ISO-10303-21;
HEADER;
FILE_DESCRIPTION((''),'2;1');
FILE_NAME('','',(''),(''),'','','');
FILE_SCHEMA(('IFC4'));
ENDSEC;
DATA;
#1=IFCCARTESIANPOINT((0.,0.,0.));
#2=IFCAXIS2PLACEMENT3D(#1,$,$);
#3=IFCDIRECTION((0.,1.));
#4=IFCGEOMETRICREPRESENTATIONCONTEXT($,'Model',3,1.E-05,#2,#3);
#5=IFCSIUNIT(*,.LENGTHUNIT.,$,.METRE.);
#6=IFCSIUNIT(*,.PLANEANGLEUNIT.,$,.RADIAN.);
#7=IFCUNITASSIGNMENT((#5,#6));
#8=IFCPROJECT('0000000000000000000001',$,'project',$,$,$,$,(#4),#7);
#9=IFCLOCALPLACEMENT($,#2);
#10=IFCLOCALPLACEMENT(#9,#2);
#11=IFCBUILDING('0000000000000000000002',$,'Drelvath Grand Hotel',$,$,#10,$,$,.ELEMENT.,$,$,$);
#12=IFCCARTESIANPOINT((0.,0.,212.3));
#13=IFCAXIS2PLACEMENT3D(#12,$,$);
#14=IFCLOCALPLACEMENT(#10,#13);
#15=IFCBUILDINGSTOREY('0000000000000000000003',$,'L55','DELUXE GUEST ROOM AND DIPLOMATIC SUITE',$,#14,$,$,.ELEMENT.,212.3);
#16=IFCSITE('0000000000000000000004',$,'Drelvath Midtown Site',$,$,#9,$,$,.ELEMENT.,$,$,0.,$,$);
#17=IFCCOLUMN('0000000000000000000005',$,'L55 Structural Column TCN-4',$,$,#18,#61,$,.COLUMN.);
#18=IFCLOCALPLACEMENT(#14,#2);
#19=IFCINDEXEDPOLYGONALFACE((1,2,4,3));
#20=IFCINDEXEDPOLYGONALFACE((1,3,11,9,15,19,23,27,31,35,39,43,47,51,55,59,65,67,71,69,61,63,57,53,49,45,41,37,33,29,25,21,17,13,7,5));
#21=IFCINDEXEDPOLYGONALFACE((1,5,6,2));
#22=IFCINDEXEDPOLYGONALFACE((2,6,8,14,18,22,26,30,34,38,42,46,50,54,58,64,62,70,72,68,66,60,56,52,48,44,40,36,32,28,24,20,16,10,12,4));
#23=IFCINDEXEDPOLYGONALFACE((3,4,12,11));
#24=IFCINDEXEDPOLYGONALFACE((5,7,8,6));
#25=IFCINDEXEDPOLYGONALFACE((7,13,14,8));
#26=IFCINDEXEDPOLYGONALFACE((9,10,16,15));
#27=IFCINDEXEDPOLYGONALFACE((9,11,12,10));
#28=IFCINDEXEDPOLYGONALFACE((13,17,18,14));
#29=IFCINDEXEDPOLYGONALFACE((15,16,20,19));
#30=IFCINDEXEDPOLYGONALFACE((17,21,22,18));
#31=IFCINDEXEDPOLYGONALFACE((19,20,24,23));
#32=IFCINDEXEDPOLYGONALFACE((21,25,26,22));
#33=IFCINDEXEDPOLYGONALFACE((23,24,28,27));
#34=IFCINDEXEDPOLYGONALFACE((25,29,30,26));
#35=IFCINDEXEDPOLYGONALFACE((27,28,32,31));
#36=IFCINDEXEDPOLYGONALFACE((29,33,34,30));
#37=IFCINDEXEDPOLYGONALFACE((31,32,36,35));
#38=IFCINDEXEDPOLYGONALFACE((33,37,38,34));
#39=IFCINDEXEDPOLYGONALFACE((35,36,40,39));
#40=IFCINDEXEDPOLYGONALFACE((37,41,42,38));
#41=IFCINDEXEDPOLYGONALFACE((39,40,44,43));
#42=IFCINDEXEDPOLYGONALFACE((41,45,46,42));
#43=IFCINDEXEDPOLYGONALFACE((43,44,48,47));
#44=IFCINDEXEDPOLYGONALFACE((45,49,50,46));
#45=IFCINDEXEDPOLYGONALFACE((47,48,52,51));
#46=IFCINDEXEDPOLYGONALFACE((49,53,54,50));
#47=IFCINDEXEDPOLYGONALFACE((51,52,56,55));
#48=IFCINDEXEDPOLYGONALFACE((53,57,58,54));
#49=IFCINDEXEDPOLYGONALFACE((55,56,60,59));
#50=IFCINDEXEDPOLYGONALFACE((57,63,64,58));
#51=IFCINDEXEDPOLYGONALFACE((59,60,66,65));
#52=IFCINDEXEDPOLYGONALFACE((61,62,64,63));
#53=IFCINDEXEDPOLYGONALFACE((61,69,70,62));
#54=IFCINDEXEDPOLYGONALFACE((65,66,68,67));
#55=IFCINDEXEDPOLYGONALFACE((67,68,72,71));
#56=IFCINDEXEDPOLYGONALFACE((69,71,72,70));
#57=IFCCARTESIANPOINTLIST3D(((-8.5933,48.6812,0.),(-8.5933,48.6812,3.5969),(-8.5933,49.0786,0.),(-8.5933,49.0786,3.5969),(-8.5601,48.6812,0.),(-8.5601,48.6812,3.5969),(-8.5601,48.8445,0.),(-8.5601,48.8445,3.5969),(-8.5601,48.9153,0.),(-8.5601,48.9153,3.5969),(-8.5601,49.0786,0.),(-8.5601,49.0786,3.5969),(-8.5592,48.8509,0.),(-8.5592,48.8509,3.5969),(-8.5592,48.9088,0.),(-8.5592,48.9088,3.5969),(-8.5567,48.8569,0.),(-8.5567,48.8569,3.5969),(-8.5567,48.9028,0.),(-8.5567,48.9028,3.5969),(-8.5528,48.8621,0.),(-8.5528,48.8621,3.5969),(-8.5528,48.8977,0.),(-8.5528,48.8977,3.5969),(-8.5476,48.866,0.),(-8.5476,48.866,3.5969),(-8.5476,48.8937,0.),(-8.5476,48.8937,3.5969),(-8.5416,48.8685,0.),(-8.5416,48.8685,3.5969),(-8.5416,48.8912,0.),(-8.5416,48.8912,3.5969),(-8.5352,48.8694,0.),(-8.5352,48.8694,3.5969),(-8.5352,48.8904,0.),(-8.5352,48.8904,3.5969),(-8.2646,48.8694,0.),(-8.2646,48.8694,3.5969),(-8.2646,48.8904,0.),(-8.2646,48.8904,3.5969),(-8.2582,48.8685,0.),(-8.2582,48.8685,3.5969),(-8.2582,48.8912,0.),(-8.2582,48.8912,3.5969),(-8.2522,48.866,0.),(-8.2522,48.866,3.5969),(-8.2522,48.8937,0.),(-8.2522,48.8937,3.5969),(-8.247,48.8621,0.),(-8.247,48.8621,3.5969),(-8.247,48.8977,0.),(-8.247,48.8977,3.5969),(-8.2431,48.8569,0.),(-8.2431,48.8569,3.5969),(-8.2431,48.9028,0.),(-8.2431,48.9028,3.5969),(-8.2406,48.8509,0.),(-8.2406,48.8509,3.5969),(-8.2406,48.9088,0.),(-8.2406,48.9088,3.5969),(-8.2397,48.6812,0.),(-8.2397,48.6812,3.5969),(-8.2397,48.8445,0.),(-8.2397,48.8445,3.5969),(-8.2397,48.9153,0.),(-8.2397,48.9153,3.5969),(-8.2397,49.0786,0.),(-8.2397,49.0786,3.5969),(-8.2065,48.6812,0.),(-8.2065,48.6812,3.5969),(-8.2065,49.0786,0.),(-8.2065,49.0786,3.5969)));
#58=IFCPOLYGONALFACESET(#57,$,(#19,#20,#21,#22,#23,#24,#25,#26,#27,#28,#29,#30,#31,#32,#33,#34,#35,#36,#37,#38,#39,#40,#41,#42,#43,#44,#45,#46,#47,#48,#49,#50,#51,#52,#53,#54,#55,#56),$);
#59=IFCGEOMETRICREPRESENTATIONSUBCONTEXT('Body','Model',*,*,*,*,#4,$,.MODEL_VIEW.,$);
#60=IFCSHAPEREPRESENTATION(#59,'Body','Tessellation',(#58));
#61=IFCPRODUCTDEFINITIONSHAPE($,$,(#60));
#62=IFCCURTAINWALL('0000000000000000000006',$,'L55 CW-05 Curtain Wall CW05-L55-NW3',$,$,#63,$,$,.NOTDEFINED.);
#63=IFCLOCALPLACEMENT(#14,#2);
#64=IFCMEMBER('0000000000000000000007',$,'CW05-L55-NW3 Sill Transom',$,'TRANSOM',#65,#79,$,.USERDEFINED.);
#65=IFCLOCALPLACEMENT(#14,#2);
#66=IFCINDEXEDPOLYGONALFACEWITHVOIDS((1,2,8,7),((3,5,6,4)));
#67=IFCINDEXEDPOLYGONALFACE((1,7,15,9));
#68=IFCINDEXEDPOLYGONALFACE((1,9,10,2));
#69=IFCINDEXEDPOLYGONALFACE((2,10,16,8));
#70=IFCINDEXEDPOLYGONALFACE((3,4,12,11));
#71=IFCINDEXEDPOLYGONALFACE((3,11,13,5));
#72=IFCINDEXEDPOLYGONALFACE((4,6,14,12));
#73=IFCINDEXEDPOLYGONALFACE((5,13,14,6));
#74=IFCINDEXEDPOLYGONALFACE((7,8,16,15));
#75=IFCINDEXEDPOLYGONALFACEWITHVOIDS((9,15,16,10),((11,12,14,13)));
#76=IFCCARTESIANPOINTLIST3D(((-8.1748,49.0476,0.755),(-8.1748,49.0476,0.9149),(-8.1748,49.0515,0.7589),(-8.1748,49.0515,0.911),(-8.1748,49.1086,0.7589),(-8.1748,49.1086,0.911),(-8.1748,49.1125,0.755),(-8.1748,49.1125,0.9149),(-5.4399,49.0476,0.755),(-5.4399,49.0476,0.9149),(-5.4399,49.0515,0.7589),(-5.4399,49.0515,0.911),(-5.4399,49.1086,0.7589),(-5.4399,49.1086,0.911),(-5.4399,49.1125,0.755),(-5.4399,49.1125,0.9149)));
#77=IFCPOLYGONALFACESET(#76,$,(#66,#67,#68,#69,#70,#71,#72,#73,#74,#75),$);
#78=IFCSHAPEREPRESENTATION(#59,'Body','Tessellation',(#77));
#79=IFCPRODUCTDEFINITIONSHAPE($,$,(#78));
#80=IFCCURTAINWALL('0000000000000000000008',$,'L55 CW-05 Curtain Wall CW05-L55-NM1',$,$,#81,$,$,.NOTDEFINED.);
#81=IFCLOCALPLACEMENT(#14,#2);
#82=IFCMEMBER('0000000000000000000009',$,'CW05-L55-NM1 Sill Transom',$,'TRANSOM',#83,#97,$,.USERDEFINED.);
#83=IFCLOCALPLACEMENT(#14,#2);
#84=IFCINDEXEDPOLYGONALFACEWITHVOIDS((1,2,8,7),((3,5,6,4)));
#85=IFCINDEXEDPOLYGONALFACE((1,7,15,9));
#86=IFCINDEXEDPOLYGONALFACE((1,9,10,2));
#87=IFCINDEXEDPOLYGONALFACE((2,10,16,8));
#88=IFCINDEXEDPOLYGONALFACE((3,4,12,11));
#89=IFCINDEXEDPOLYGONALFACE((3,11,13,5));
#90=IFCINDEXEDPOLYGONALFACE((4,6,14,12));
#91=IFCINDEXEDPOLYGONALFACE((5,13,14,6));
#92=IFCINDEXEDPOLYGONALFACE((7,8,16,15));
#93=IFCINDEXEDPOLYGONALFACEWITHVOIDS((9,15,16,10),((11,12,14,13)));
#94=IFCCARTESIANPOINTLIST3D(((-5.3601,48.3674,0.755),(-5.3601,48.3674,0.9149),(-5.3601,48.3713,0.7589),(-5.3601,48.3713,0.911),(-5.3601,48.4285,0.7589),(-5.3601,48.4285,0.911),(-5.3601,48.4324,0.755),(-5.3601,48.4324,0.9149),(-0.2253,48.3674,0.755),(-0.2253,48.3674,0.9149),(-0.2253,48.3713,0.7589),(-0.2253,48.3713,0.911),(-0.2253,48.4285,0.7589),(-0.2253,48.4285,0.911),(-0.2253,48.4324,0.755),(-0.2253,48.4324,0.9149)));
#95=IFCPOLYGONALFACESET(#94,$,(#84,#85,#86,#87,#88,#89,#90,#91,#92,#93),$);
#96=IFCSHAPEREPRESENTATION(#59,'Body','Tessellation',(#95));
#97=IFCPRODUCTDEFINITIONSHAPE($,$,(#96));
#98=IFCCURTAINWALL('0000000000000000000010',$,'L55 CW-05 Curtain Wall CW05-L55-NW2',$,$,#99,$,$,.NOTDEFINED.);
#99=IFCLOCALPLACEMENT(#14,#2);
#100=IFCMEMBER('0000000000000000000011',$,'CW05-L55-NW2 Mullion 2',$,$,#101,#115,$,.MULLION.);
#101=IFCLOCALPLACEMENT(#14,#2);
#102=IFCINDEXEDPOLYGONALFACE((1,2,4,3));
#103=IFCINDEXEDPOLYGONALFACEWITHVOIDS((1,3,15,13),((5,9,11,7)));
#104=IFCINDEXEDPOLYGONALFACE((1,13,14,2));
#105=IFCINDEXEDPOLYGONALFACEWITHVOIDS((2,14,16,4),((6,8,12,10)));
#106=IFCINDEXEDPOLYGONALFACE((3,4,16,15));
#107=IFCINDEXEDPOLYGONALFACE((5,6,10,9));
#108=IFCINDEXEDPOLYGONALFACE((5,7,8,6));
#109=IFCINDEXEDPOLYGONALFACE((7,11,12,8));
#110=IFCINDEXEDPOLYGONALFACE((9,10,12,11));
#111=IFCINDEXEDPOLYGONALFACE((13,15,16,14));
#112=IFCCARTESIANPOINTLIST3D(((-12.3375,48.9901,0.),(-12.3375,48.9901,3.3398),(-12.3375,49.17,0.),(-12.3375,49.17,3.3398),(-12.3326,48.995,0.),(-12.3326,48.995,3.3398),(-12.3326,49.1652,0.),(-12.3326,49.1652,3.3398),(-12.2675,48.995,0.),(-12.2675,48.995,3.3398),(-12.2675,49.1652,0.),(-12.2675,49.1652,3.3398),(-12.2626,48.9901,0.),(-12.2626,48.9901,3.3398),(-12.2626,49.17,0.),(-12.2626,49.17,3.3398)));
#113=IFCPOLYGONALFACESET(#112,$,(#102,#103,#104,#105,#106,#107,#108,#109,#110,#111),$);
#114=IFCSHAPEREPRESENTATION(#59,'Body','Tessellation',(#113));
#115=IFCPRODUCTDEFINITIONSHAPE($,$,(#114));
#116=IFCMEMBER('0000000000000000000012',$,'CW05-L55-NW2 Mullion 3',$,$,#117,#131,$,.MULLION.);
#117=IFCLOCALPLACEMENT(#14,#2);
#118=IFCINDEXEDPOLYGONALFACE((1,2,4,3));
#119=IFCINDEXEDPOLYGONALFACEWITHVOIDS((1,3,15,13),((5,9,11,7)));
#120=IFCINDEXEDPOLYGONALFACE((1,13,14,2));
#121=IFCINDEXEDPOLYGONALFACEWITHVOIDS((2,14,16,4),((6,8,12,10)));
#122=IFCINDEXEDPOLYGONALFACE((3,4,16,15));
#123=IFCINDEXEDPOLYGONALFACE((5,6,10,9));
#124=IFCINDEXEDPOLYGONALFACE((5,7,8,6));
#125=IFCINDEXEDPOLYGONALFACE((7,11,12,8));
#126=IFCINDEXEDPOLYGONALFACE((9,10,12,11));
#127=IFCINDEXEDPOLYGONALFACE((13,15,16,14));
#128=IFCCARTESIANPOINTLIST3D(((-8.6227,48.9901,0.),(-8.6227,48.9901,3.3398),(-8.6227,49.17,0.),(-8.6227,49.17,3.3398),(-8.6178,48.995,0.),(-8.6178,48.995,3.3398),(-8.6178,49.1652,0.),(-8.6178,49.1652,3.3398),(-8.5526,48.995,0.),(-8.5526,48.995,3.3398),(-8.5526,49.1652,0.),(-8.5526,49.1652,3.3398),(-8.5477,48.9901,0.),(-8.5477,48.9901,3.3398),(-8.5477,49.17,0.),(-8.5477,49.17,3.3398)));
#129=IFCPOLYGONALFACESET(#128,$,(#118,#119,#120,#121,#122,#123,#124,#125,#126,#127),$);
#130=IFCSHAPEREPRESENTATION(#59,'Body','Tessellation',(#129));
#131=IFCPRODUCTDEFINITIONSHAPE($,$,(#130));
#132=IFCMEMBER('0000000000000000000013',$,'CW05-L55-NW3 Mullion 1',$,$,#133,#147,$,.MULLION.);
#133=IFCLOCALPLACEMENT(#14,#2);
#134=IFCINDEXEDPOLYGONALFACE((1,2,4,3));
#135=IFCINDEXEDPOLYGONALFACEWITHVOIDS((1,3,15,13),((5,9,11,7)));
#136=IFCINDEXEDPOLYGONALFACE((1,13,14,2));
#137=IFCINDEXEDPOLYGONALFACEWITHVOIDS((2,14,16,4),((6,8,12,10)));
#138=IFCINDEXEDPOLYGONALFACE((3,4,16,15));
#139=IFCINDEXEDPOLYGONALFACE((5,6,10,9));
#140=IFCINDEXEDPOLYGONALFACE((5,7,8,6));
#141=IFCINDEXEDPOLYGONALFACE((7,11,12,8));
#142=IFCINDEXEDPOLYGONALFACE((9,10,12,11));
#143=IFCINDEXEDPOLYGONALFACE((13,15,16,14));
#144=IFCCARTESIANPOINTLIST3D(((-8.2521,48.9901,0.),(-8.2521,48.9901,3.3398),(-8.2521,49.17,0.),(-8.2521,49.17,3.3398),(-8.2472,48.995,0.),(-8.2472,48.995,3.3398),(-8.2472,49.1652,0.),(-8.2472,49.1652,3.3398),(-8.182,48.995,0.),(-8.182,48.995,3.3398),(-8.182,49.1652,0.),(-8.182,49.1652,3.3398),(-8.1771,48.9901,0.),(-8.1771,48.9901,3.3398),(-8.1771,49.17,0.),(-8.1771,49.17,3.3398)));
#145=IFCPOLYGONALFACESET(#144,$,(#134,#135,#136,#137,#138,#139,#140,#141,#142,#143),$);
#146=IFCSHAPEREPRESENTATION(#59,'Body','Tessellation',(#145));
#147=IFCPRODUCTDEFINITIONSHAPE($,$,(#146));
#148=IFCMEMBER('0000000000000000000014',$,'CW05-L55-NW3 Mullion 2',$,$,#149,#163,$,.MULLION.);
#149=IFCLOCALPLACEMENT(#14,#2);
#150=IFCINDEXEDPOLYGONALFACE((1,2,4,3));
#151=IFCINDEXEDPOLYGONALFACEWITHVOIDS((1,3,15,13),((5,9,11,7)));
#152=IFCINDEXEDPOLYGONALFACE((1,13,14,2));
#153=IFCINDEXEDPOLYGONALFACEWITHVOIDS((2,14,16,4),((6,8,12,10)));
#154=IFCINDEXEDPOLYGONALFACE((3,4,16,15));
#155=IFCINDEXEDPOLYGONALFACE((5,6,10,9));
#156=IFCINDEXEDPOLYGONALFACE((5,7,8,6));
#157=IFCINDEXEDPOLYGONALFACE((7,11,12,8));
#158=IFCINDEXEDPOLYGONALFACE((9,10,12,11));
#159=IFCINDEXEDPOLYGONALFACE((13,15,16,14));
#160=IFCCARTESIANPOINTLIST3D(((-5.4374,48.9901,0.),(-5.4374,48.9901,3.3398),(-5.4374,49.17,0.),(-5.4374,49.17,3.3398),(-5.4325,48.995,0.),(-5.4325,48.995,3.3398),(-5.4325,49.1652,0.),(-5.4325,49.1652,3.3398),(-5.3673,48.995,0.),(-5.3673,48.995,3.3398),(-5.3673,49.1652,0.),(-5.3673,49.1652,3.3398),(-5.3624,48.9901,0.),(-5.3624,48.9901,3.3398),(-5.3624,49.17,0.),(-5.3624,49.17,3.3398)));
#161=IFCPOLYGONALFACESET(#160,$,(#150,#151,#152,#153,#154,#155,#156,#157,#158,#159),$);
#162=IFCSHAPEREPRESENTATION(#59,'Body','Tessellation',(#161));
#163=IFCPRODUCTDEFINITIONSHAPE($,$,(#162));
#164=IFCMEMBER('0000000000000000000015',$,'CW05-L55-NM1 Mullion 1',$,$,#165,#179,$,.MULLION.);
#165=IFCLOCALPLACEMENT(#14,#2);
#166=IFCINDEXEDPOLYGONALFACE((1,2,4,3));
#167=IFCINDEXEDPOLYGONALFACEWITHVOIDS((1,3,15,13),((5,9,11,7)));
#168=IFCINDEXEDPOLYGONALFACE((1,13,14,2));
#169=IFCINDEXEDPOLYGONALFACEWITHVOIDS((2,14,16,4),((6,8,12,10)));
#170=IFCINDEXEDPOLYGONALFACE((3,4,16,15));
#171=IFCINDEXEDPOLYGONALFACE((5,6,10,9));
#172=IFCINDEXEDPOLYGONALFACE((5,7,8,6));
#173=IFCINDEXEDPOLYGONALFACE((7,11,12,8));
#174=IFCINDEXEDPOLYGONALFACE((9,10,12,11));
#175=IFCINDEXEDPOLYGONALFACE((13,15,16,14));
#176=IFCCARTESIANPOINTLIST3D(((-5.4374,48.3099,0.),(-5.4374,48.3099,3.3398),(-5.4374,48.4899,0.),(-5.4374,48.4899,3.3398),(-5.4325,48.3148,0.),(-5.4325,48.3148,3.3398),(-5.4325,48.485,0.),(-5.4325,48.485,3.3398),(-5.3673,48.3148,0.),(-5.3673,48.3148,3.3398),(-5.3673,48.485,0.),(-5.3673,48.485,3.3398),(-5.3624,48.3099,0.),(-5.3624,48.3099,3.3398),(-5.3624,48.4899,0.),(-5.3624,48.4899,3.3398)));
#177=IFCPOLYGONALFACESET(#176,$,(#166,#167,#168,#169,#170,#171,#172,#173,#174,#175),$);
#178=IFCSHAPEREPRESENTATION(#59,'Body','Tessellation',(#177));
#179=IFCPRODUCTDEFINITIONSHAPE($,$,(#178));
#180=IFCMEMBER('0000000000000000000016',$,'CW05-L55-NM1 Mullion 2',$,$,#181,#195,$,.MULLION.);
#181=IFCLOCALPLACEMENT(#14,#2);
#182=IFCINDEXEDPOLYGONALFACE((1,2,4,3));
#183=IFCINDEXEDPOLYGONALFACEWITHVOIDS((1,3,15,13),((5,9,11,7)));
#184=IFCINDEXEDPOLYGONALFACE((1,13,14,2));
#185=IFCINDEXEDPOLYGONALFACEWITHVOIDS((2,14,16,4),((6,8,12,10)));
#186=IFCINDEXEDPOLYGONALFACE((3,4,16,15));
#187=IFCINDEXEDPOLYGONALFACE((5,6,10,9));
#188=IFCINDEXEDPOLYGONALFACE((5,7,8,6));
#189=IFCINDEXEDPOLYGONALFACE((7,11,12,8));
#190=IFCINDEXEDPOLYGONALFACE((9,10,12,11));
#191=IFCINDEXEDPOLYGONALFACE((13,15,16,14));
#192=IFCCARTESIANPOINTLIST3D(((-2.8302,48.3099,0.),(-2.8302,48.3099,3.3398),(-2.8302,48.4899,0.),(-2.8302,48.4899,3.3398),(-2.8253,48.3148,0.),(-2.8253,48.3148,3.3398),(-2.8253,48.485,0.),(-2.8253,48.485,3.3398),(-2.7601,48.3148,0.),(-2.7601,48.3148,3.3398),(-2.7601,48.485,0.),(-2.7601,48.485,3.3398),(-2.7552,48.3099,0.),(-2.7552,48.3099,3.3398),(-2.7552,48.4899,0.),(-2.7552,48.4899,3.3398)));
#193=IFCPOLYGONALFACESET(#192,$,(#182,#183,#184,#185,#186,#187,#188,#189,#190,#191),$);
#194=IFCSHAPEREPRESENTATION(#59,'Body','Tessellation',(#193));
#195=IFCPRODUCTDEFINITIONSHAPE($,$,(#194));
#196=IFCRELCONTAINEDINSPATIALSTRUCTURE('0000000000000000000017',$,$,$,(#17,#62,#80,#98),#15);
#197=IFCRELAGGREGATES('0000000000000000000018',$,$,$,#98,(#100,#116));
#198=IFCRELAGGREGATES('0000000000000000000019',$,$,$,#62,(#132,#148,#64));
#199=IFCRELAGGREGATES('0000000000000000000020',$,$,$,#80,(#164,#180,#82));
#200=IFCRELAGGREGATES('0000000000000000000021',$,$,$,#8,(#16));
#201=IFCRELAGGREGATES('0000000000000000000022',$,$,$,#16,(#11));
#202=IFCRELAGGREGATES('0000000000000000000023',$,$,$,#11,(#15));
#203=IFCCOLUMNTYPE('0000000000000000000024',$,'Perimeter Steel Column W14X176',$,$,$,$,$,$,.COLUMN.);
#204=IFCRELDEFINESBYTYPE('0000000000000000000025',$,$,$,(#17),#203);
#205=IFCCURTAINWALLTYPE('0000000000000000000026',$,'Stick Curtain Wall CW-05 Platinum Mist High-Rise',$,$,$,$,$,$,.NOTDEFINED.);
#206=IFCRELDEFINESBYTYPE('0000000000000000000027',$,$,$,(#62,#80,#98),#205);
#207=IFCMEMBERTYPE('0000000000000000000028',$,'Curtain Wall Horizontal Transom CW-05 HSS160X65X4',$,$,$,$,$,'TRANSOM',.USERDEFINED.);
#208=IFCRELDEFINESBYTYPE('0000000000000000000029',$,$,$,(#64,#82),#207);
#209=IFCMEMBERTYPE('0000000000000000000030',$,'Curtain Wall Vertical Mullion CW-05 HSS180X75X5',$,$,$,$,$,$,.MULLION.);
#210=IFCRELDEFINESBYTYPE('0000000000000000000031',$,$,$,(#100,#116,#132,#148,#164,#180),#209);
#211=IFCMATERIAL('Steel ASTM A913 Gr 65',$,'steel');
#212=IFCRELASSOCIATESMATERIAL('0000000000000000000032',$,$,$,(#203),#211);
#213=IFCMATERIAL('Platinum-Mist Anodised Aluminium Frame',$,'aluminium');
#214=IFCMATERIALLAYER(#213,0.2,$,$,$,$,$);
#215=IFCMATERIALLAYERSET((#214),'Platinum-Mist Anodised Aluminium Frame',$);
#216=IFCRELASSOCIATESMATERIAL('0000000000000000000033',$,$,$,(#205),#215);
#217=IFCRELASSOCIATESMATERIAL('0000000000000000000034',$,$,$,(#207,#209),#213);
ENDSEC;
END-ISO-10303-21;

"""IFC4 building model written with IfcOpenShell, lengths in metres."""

from ifc_helpers import new_model, si_unit, direction, frame, origin, origin_2d, place, context, subcontext, project, spatial, hollow_rectangle, i_section, extrude, material, layer, layer_set, material_profile, profile_set, type_object, element, aggregate, save


model = new_model("IFC4")

# Units and contexts
model_context = context("Model", 3, precision=1e-05, world=origin(), true_north=direction((0.0, 1.0)))
body_context = subcontext(model_context, "Body", "Model", "MODEL_VIEW")
ifc_project = project(units=[si_unit("LENGTHUNIT", "METRE"), si_unit("PLANEANGLEUNIT", "RADIAN")], contexts=[model_context])

# Site, building, storey
site_placement = place(None, origin())
site = spatial("IfcSite", under=ifc_project, at=site_placement, Name="Drelvath Midtown Site", CompositionType="ELEMENT", RefElevation=0.0)
building_placement = place(site_placement, origin())
building = spatial("IfcBuilding", under=site, at=building_placement, Name="Drelvath Grand Hotel", CompositionType="ELEMENT")
storey_placement = place(building_placement, frame((0.0, 0.0, 212.3)))
storey = spatial("IfcBuildingStorey", under=building, at=storey_placement, Name="L55", Description="DELUXE GUEST ROOM AND DIPLOMATIC SUITE", CompositionType="ELEMENT", Elevation=212.3)

# Column
ifc_material_1 = material(Name="Steel ASTM A913 Gr 65", Category="steel")
ifc_material_profile_1 = material_profile(ifc_material_1, i_section(OverallWidth=0.3975, OverallDepth=0.3867, WebThickness=0.021, FlangeThickness=0.0332, FilletRadius=0.0249, at=origin_2d()), Name="W14X176")
ifc_profile_set_1 = profile_set([ifc_material_profile_1], Name="Steel ASTM A913 Gr 65")
column_type = type_object("IfcColumnType", Name="Perimeter Steel Column W14X176", PredefinedType="COLUMN", material=ifc_profile_set_1)
column_placement = place(storey_placement, frame((-8.3999, 48.8799, 0.0), z_axis=(0.0, 0.0, 1.0), x_axis=(0.0, 1.0, 0.0)))
element("IfcColumn", 1, at=column_placement, inside=storey, type_object=column_type, Name="L55 Structural Column TCN-4", PredefinedType="COLUMN", context=body_context, shape_type="SweptSolid", body=[
    extrude(i_section(OverallWidth=0.3975, OverallDepth=0.3867, WebThickness=0.021, FlangeThickness=0.0332, FilletRadius=0.0249, at=origin_2d()), origin(), (0.0, 0.0, 1.0), 3.5969),
])

# Curtain walls, members
ifc_material_2 = material(Name="Platinum-Mist Anodised Aluminium Frame", Category="aluminium")
ifc_layer_1 = layer(ifc_material_2, 0.2)
ifc_layer_set_1 = layer_set([ifc_layer_1], Name="Platinum-Mist Anodised Aluminium Frame")
curtain_wall_type = type_object("IfcCurtainWallType", Name="Stick Curtain Wall CW-05 Platinum Mist High-Rise", PredefinedType="NOTDEFINED", material=ifc_layer_set_1)
curtain_wall_1_placement = place(storey_placement, origin())
curtain_wall_1 = element("IfcCurtainWall", 2, at=curtain_wall_1_placement, inside=storey, type_object=curtain_wall_type, Name="L55 CW-05 Curtain Wall CW05-L55-NW3", PredefinedType="NOTDEFINED")
ifc_material_profile_2 = material_profile(ifc_material_2, hollow_rectangle(XDim=0.0649, YDim=0.1599, WallThickness=0.0039, at=origin_2d()), Name="HSS160X65X4")
ifc_profile_set_2 = profile_set([ifc_material_profile_2], Name="Platinum-Mist Anodised Aluminium Frame")
member_type_1 = type_object("IfcMemberType", Name="Curtain Wall Horizontal Transom CW-05 HSS160X65X4", ElementType="TRANSOM", PredefinedType="USERDEFINED", material=ifc_profile_set_2)
member_1_placement = place(storey_placement, frame((-8.1748, 49.0801, 0.835), z_axis=(1.0, 0.0, 0.0), x_axis=(0.0, 1.0, 0.0)))
member_1 = element("IfcMember", 3, at=member_1_placement, type_object=member_type_1, Name="CW05-L55-NW3 Sill Transom", ObjectType="TRANSOM", PredefinedType="USERDEFINED", context=body_context, shape_type="SweptSolid", body=[
    extrude(hollow_rectangle(XDim=0.0649, YDim=0.1599, WallThickness=0.0039, at=origin_2d()), origin(), (0.0, 0.0, 1.0), 2.7349),
])
curtain_wall_2_placement = place(storey_placement, origin())
curtain_wall_2 = element("IfcCurtainWall", 4, at=curtain_wall_2_placement, inside=storey, type_object=curtain_wall_type, Name="L55 CW-05 Curtain Wall CW05-L55-NM1", PredefinedType="NOTDEFINED")
member_2_placement = place(storey_placement, frame((-5.3601, 48.3999, 0.835), z_axis=(1.0, 0.0, 0.0), x_axis=(0.0, 1.0, 0.0)))
member_2 = element("IfcMember", 5, at=member_2_placement, type_object=member_type_1, Name="CW05-L55-NM1 Sill Transom", ObjectType="TRANSOM", PredefinedType="USERDEFINED", context=body_context, shape_type="SweptSolid", body=[
    extrude(hollow_rectangle(XDim=0.0649, YDim=0.1599, WallThickness=0.0039, at=origin_2d()), origin(), (0.0, 0.0, 1.0), 5.1348),
])

# Curtain wall, members
curtain_wall_3_placement = place(storey_placement, origin())
curtain_wall_3 = element("IfcCurtainWall", 6, at=curtain_wall_3_placement, inside=storey, type_object=curtain_wall_type, Name="L55 CW-05 Curtain Wall CW05-L55-NW2", PredefinedType="NOTDEFINED")
ifc_material_profile_3 = material_profile(ifc_material_2, hollow_rectangle(XDim=0.075, YDim=0.1799, WallThickness=0.0049, at=origin_2d()), Name="HSS180X75X5")
ifc_profile_set_3 = profile_set([ifc_material_profile_3], Name="Platinum-Mist Anodised Aluminium Frame")
member_type_2 = type_object("IfcMemberType", Name="Curtain Wall Vertical Mullion CW-05 HSS180X75X5", PredefinedType="MULLION", material=ifc_profile_set_3)
member_3_placement = place(storey_placement, frame((-12.3, 49.0801, 0.0), z_axis=(0.0, 0.0, 1.0), x_axis=(1.0, 0.0, 0.0)))
member_3 = element("IfcMember", 7, at=member_3_placement, type_object=member_type_2, Name="CW05-L55-NW2 Mullion 2", PredefinedType="MULLION", context=body_context, shape_type="SweptSolid", body=[
    extrude(hollow_rectangle(XDim=0.075, YDim=0.1799, WallThickness=0.0049, at=origin_2d()), origin(), (0.0, 0.0, 1.0), 3.3398),
])
member_4_placement = place(storey_placement, frame((-8.5852, 49.0801, 0.0), z_axis=(0.0, 0.0, 1.0), x_axis=(1.0, 0.0, 0.0)))
member_4 = element("IfcMember", 8, at=member_4_placement, type_object=member_type_2, Name="CW05-L55-NW2 Mullion 3", PredefinedType="MULLION", context=body_context, shape_type="SweptSolid", body=[
    extrude(hollow_rectangle(XDim=0.075, YDim=0.1799, WallThickness=0.0049, at=origin_2d()), origin(), (0.0, 0.0, 1.0), 3.3398),
])

# Members
member_5_placement = place(storey_placement, frame((-8.2146, 49.0801, 0.0), z_axis=(0.0, 0.0, 1.0), x_axis=(1.0, 0.0, 0.0)))
member_5 = element("IfcMember", 9, at=member_5_placement, type_object=member_type_2, Name="CW05-L55-NW3 Mullion 1", PredefinedType="MULLION", context=body_context, shape_type="SweptSolid", body=[
    extrude(hollow_rectangle(XDim=0.075, YDim=0.1799, WallThickness=0.0049, at=origin_2d()), origin(), (0.0, 0.0, 1.0), 3.3398),
])
member_6_placement = place(storey_placement, frame((-5.3999, 49.0801, 0.0), z_axis=(0.0, 0.0, 1.0), x_axis=(1.0, 0.0, 0.0)))
member_6 = element("IfcMember", 10, at=member_6_placement, type_object=member_type_2, Name="CW05-L55-NW3 Mullion 2", PredefinedType="MULLION", context=body_context, shape_type="SweptSolid", body=[
    extrude(hollow_rectangle(XDim=0.075, YDim=0.1799, WallThickness=0.0049, at=origin_2d()), origin(), (0.0, 0.0, 1.0), 3.3398),
])
member_7_placement = place(storey_placement, frame((-5.3999, 48.3999, 0.0), z_axis=(0.0, 0.0, 1.0), x_axis=(1.0, 0.0, 0.0)))
member_7 = element("IfcMember", 11, at=member_7_placement, type_object=member_type_2, Name="CW05-L55-NM1 Mullion 1", PredefinedType="MULLION", context=body_context, shape_type="SweptSolid", body=[
    extrude(hollow_rectangle(XDim=0.075, YDim=0.1799, WallThickness=0.0049, at=origin_2d()), origin(), (0.0, 0.0, 1.0), 3.3398),
])
member_8_placement = place(storey_placement, frame((-2.7927, 48.3999, 0.0), z_axis=(0.0, 0.0, 1.0), x_axis=(1.0, 0.0, 0.0)))
member_8 = element("IfcMember", 12, at=member_8_placement, type_object=member_type_2, Name="CW05-L55-NM1 Mullion 2", PredefinedType="MULLION", context=body_context, shape_type="SweptSolid", body=[
    extrude(hollow_rectangle(XDim=0.075, YDim=0.1799, WallThickness=0.0049, at=origin_2d()), origin(), (0.0, 0.0, 1.0), 3.3398),
])

aggregate(curtain_wall_3, [member_3, member_4])
aggregate(curtain_wall_1, [member_5, member_6, member_1])
aggregate(curtain_wall_2, [member_7, member_8, member_2])

save(model, "model.ifc")
